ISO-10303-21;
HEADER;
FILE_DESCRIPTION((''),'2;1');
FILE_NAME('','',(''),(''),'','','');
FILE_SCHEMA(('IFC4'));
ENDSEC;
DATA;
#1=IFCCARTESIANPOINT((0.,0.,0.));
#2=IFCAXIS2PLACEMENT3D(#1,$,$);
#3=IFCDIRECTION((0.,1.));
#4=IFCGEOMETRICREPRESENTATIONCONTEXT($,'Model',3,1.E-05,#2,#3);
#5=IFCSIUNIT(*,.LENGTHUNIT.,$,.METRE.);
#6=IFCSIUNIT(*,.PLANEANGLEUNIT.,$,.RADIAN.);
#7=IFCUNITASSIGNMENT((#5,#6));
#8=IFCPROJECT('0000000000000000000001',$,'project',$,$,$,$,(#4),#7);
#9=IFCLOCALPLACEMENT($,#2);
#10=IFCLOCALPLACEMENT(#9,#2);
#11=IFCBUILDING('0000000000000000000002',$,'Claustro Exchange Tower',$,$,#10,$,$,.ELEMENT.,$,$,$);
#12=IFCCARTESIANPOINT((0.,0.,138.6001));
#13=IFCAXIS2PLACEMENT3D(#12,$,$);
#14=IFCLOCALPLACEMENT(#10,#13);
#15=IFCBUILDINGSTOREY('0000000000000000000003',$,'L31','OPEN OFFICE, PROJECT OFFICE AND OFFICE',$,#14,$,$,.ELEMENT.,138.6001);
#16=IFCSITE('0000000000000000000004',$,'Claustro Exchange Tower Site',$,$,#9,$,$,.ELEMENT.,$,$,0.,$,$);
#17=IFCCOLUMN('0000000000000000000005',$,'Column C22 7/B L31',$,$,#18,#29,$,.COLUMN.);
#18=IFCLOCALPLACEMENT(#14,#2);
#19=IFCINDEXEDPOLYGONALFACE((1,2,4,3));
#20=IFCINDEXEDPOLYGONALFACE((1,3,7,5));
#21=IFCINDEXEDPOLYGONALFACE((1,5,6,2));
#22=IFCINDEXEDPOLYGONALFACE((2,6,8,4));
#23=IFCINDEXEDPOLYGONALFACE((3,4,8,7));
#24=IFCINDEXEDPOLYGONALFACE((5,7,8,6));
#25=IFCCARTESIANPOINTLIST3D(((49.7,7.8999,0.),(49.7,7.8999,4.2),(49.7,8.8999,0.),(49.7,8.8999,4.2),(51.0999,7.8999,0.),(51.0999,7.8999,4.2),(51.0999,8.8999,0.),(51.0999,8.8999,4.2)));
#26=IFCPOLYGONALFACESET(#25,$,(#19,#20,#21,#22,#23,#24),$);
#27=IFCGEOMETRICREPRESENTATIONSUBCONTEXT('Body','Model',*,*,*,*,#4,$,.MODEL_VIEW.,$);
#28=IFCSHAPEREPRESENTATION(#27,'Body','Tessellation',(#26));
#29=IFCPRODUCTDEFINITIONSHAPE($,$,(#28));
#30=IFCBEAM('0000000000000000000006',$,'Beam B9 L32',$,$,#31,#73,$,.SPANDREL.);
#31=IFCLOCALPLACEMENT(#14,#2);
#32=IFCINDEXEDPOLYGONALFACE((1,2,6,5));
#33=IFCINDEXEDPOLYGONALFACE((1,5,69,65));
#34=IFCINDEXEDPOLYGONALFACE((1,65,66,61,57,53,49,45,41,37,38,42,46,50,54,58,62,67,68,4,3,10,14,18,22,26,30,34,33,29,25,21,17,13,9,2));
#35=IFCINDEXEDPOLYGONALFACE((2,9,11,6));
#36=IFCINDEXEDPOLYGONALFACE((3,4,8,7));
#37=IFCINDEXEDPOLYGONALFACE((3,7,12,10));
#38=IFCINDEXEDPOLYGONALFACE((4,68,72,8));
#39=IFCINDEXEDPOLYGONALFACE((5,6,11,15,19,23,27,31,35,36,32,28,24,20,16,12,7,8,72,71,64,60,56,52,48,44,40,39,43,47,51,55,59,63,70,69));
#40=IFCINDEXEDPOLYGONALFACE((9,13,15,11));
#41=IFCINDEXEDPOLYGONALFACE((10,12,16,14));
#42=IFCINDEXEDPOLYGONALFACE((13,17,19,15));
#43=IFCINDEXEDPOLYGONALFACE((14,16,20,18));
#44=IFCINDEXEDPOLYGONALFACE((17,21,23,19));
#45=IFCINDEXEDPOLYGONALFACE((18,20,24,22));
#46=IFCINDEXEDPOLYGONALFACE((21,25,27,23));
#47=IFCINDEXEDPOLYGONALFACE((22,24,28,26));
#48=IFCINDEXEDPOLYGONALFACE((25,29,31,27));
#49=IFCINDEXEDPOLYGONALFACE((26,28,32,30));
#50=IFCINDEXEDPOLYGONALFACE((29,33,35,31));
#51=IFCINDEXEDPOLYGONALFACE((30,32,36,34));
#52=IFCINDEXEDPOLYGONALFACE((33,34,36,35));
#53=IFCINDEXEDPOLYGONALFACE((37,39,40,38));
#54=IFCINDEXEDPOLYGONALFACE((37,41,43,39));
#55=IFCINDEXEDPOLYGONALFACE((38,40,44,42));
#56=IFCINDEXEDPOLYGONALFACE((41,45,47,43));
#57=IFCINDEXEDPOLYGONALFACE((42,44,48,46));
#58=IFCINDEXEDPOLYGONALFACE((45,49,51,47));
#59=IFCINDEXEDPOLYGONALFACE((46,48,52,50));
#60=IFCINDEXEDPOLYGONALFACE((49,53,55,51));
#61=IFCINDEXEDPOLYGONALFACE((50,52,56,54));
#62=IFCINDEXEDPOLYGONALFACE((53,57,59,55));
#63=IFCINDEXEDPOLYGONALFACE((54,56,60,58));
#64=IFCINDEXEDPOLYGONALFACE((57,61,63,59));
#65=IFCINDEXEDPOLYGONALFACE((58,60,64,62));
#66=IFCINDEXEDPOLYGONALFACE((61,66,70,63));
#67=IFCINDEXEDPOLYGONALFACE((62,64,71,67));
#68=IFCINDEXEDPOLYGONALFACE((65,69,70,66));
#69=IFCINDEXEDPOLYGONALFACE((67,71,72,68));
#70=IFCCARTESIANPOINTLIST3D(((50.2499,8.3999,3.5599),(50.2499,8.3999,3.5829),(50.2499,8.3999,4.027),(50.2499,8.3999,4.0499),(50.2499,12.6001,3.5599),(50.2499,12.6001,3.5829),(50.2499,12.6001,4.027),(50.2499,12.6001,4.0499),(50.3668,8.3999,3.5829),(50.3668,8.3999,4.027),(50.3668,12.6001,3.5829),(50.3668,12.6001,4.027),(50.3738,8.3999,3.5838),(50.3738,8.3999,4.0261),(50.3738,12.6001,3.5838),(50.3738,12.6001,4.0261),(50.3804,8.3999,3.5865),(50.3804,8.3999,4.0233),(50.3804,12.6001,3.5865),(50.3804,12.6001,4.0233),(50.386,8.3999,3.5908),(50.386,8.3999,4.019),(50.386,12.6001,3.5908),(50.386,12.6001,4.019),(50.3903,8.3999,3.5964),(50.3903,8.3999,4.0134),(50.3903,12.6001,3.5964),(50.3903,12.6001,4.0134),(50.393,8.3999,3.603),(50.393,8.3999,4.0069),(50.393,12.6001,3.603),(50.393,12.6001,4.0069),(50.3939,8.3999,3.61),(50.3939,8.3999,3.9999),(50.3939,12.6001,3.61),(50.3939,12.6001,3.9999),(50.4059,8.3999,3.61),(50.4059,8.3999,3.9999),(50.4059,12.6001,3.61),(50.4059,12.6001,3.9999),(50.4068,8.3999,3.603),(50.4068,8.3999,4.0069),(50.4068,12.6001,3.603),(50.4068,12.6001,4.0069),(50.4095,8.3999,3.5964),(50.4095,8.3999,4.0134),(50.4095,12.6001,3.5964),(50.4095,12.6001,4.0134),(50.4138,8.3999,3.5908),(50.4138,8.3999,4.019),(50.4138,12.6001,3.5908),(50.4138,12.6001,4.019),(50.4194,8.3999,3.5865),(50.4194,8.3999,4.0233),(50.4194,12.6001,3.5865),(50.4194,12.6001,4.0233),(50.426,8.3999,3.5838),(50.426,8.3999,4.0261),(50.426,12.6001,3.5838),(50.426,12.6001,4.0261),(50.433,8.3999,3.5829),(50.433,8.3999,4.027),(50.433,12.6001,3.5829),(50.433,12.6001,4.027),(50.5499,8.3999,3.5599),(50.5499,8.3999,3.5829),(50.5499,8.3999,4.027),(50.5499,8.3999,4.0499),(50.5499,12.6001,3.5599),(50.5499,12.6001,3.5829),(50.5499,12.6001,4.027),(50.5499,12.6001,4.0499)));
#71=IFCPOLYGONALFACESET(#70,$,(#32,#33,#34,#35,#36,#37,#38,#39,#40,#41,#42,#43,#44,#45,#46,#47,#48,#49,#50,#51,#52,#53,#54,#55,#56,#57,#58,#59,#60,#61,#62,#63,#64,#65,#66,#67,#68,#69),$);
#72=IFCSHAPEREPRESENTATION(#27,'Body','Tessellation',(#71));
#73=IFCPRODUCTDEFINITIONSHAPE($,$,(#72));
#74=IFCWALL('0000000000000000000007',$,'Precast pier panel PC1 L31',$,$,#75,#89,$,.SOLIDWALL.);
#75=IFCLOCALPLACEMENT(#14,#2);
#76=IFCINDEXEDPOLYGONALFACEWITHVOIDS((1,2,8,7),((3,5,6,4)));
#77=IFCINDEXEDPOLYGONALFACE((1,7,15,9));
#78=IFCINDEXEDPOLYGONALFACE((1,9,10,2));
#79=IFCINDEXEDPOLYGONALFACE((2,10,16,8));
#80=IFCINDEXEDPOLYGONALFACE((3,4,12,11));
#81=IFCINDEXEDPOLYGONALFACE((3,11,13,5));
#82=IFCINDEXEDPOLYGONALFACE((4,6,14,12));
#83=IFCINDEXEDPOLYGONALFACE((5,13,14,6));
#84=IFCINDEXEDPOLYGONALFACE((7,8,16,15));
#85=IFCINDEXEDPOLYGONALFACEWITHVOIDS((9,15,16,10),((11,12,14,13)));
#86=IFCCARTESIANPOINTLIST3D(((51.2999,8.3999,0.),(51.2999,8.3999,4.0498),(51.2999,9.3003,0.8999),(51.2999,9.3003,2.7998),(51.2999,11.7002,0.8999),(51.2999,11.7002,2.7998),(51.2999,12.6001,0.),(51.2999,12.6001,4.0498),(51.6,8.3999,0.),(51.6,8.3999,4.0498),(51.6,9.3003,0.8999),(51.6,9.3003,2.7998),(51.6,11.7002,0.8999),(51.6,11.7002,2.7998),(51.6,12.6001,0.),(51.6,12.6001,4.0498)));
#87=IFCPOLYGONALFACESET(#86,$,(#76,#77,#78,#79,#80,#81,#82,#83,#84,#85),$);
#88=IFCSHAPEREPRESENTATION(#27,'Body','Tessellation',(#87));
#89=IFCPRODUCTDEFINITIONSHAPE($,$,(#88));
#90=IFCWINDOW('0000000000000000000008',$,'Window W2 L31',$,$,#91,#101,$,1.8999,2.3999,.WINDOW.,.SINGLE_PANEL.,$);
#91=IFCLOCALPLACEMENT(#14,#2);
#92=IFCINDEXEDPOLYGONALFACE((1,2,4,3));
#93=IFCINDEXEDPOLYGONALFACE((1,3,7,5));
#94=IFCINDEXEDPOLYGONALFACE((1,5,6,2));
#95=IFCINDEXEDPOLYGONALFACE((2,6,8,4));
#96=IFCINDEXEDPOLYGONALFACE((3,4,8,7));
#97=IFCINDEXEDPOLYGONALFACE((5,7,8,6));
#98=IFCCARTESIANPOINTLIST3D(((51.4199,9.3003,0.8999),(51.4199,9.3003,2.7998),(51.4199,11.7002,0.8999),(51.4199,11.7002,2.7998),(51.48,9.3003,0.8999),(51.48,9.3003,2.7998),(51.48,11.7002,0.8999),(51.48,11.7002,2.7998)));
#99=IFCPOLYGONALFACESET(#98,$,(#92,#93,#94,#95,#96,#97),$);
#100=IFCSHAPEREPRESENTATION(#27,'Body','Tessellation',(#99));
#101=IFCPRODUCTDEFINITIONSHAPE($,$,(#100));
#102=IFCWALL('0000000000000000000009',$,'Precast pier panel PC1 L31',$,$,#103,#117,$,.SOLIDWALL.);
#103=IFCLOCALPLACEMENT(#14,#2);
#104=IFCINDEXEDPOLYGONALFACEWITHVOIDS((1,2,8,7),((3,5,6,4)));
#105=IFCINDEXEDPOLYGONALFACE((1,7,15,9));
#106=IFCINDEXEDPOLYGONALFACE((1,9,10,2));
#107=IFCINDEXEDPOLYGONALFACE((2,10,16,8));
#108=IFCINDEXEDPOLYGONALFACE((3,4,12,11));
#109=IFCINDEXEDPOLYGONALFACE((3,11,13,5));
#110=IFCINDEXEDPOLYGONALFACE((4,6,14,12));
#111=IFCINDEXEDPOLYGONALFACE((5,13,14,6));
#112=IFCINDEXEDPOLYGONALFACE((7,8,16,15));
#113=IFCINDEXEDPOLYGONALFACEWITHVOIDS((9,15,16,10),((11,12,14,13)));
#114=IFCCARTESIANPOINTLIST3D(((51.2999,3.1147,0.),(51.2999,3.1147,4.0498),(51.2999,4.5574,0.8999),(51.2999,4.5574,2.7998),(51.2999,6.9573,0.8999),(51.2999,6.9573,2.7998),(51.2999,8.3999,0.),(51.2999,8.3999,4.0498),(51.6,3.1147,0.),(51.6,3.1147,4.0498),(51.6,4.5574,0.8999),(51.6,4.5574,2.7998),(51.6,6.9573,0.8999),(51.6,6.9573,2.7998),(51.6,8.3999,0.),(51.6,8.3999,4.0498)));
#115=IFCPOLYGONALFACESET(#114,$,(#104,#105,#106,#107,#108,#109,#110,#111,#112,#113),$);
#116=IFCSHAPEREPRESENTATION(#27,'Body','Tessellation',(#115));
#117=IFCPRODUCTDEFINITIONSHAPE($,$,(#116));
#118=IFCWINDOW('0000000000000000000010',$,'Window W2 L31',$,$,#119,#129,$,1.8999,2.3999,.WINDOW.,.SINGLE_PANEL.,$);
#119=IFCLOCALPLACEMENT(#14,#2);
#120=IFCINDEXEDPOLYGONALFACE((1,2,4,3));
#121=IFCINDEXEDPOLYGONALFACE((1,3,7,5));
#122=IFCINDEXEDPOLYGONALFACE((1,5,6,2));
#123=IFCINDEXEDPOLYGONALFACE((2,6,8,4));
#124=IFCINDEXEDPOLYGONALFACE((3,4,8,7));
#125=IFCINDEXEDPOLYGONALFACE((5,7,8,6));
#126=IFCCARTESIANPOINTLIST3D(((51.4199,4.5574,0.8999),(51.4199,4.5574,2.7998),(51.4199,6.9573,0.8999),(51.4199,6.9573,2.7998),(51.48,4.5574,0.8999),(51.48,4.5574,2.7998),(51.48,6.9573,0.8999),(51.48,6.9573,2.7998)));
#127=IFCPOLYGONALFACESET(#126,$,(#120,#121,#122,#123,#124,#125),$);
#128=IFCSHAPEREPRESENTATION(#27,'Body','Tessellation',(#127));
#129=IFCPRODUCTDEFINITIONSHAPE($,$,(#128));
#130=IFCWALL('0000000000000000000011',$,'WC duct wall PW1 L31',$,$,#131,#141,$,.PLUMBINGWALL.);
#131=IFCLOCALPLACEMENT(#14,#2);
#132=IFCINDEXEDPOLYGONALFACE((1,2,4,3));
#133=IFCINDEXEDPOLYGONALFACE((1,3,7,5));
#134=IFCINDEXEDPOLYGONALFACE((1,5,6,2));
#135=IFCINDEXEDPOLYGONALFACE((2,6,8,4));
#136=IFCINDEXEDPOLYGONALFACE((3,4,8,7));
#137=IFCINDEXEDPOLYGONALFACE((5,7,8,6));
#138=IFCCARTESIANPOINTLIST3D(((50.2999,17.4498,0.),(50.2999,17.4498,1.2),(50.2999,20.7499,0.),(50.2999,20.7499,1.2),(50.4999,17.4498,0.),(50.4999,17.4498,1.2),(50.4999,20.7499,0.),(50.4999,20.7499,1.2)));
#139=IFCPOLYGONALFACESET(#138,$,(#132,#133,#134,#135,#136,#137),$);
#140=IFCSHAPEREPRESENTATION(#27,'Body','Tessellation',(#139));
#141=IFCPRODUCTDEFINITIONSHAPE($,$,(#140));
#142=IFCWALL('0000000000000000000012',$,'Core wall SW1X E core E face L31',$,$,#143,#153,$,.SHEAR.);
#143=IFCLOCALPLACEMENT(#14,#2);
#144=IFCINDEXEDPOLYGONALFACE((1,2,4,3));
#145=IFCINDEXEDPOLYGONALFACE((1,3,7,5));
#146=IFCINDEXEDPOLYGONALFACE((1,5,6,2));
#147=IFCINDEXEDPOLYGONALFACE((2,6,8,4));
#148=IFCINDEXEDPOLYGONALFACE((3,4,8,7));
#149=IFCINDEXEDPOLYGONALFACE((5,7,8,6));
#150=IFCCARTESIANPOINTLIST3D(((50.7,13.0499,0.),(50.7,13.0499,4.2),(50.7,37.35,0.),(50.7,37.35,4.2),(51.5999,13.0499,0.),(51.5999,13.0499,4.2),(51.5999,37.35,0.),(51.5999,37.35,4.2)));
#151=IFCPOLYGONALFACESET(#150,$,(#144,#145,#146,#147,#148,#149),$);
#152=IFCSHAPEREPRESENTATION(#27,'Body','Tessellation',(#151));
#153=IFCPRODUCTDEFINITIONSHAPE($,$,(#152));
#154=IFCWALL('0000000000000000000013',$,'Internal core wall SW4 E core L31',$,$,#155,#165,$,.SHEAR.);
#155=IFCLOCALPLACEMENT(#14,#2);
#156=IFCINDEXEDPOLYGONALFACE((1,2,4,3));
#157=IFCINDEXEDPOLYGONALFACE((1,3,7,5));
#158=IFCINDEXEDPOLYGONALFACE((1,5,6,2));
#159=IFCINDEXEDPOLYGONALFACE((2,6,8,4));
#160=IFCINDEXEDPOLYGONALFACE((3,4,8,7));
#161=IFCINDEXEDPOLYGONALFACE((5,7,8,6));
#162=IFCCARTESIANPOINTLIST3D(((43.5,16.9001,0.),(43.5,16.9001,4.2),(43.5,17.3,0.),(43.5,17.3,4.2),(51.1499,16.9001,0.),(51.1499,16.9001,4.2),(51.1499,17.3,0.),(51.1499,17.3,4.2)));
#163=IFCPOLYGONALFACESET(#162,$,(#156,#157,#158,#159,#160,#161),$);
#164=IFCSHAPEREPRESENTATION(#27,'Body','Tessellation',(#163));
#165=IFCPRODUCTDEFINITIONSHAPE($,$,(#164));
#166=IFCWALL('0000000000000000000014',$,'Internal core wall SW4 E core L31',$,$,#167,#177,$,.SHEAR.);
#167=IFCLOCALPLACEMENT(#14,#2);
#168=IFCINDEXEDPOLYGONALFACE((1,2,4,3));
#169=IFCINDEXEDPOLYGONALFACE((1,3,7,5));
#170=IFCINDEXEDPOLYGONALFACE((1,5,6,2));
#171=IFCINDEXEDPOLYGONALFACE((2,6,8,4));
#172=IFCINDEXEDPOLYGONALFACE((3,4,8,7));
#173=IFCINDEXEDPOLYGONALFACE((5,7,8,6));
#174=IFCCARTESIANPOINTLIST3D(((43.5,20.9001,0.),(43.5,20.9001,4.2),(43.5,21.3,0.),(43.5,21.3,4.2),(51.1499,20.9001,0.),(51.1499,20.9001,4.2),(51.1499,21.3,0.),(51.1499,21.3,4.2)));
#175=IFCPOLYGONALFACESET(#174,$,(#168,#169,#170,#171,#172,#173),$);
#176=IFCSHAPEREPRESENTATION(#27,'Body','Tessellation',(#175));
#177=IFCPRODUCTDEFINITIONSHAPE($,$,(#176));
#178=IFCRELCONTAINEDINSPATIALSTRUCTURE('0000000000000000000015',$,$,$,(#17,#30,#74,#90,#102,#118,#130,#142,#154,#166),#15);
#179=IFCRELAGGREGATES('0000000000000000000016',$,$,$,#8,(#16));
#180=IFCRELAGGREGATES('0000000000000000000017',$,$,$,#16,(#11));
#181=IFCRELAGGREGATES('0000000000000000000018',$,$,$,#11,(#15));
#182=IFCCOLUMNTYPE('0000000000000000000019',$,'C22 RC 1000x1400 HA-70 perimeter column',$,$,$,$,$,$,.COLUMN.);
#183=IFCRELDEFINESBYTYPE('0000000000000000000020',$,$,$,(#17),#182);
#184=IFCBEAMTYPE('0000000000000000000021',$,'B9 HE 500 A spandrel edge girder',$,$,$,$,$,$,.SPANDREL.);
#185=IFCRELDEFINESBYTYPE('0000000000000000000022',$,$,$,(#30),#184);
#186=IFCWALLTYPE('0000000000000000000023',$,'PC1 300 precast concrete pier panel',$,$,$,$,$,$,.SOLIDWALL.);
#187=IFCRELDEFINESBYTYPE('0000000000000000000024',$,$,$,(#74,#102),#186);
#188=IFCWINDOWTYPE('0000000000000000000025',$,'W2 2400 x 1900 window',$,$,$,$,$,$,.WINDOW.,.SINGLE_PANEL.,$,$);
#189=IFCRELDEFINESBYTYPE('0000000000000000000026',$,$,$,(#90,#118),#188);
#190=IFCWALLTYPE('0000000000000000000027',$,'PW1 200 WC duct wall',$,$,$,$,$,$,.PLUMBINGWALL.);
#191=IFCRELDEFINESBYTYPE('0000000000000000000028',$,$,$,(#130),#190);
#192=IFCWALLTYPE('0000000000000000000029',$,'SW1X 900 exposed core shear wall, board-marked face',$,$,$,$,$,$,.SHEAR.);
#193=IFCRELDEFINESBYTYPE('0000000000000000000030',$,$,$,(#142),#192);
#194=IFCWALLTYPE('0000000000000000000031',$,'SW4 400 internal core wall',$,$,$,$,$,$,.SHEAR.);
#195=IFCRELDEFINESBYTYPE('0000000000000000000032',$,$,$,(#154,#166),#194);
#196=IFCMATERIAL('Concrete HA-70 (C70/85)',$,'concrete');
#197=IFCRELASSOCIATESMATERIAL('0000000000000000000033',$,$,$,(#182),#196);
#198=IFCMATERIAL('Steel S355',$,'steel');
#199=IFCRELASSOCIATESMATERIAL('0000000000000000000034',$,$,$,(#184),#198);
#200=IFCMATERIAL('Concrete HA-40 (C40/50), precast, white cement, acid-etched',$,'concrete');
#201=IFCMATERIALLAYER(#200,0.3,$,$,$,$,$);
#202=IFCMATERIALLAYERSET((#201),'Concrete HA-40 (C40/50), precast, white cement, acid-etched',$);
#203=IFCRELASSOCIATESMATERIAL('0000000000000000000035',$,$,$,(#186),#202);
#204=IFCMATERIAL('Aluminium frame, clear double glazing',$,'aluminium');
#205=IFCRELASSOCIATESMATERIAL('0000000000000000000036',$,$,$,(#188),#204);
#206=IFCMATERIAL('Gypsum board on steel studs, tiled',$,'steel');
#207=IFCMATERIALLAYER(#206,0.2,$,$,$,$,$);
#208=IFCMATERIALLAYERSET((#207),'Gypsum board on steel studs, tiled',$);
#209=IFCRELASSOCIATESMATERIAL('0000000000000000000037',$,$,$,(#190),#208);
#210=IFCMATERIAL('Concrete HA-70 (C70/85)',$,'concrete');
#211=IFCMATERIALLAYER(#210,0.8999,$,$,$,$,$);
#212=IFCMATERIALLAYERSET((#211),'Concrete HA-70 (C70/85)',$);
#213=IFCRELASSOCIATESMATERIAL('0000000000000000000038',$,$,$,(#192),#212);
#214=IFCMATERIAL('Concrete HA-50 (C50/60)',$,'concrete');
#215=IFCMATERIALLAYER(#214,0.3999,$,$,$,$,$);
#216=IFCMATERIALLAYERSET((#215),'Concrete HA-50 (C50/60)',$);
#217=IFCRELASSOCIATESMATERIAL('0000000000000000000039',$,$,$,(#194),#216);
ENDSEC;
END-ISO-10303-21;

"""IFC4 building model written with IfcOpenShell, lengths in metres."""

from ifc_helpers import new_model, si_unit, direction, frame, frame_2d, origin, origin_2d, place, context, subcontext, project, spatial, rectangle, i_section, extrude, material, layer, layer_set, material_profile, profile_set, type_object, element, fill, save


model = new_model("IFC4")

# Units and contexts
model_context = context("Model", 3, precision=1e-05, world=origin(), true_north=direction((0.0, 1.0)))
body_context = subcontext(model_context, "Body", "Model", "MODEL_VIEW")
ifc_project = project(units=[si_unit("LENGTHUNIT", "METRE"), si_unit("PLANEANGLEUNIT", "RADIAN")], contexts=[model_context])

# Site, building, storey
site_placement = place(None, origin())
site = spatial("IfcSite", under=ifc_project, at=site_placement, Name="Claustro Exchange Tower Site", CompositionType="ELEMENT", RefElevation=0.0)
building_placement = place(site_placement, origin())
building = spatial("IfcBuilding", under=site, at=building_placement, Name="Claustro Exchange Tower", CompositionType="ELEMENT")
storey_placement = place(building_placement, frame((0.0, 0.0, 138.6001)))
storey = spatial("IfcBuildingStorey", under=building, at=storey_placement, Name="L31", Description="OPEN OFFICE, PROJECT OFFICE AND OFFICE", CompositionType="ELEMENT", Elevation=138.6001)

# Column
ifc_material_1 = material(Name="Concrete HA-70 (C70/85)", Category="concrete")
ifc_material_profile_1 = material_profile(ifc_material_1, rectangle(XDim=1.0, YDim=1.3999, at=origin_2d()), Name="RC 1000x1400")
ifc_profile_set_1 = profile_set([ifc_material_profile_1], Name="Concrete HA-70 (C70/85)")
column_type = type_object("IfcColumnType", Name="C22 RC 1000x1400 HA-70 perimeter column", PredefinedType="COLUMN", material=ifc_profile_set_1)
column_placement = place(storey_placement, frame((50.3999, 8.3999, 0.0), z_axis=(0.0, 0.0, 1.0), x_axis=(0.0, 1.0, 0.0)))
element("IfcColumn", 1, at=column_placement, inside=storey, type_object=column_type, Name="Column C22 7/B L31", PredefinedType="COLUMN", context=body_context, shape_type="SweptSolid", body=[
    extrude(rectangle(XDim=1.0, YDim=1.3999, at=origin_2d()), origin(), (0.0, 0.0, 1.0), 4.2),
])

# Beam
ifc_material_2 = material(Name="Steel S355", Category="steel")
ifc_material_profile_2 = material_profile(ifc_material_2, i_section(OverallWidth=0.3, OverallDepth=0.49, WebThickness=0.012, FlangeThickness=0.0229, FilletRadius=0.0271, at=origin_2d()), Name="HE 500 A")
ifc_profile_set_2 = profile_set([ifc_material_profile_2], Name="Steel S355")
beam_type = type_object("IfcBeamType", Name="B9 HE 500 A spandrel edge girder", PredefinedType="SPANDREL", material=ifc_profile_set_2)
beam_placement = place(storey_placement, frame((50.3999, 8.3999, 3.8049), z_axis=(0.0, 1.0, 0.0), x_axis=(-1.0, 0.0, 0.0)))
element("IfcBeam", 2, at=beam_placement, inside=storey, type_object=beam_type, Name="Beam B9 L32", PredefinedType="SPANDREL", context=body_context, shape_type="SweptSolid", body=[
    extrude(i_section(OverallWidth=0.3, OverallDepth=0.49, WebThickness=0.012, FlangeThickness=0.0229, FilletRadius=0.0271, at=origin_2d()), origin(), (0.0, 0.0, 1.0), 4.2002),
])

# Walls, openings, windows
ifc_material_3 = material(Name="Concrete HA-40 (C40/50), precast, white cement, acid-etched", Category="concrete")
ifc_layer_1 = layer(ifc_material_3, 0.3)
ifc_layer_set_1 = layer_set([ifc_layer_1], Name="Concrete HA-40 (C40/50), precast, white cement, acid-etched")
wall_type_1 = type_object("IfcWallType", Name="PC1 300 precast concrete pier panel", PredefinedType="SOLIDWALL", material=ifc_layer_set_1)
wall_1_placement = place(storey_placement, frame((51.45, 12.6001, 0.0), z_axis=(0.0, 0.0, 1.0), x_axis=(0.0, -1.0, 0.0)))
wall_1 = element("IfcWall", 3, at=wall_1_placement, inside=storey, type_object=wall_type_1, Name="Precast pier panel PC1 L31", PredefinedType="SOLIDWALL", context=body_context, shape_type="SweptSolid", body=[
    extrude(rectangle(XDim=4.2002, YDim=0.3, at=frame_2d((2.1001, 0.0))), origin(), (0.0, 0.0, 1.0), 4.0498),
])
opening_1_placement = place(wall_1_placement, frame((0.8999, 0.0, 0.8999)))
opening_1 = element("IfcOpeningElement", 4, at=opening_1_placement, cuts=wall_1, PredefinedType="OPENING", context=body_context, shape_type="SweptSolid", body=[
    extrude(rectangle(XDim=2.3999, YDim=1.8999, at=frame_2d((1.2, 0.95))), frame((0.0, 0.1599, 0.0), z_axis=(0.0, -1.0, 0.0), x_axis=(1.0, 0.0, 0.0)), (0.0, 0.0, 1.0), 0.3201),
])
ifc_material_4 = material(Name="Aluminium frame, clear double glazing", Category="aluminium")
window_type = type_object("IfcWindowType", Name="W2 2400 x 1900 window", PartitioningType="SINGLE_PANEL", PredefinedType="WINDOW", material=ifc_material_4)
window_1_placement = place(opening_1_placement, origin())
window_1 = element("IfcWindow", 5, at=window_1_placement, inside=storey, type_object=window_type, Name="Window W2 L31", OverallHeight=1.8999, OverallWidth=2.3999, PartitioningType="SINGLE_PANEL", PredefinedType="WINDOW", context=body_context, shape_type="SweptSolid", body=[
    extrude(rectangle(XDim=2.3999, YDim=1.8999, at=frame_2d((1.2, 0.95))), frame((0.0, 0.03, 0.0), z_axis=(0.0, -1.0, 0.0), x_axis=(1.0, 0.0, 0.0)), (0.0, 0.0, 1.0), 0.0601),
])
fill(opening_1, window_1)
wall_2_placement = place(storey_placement, frame((51.45, 8.3999, 0.0), z_axis=(0.0, 0.0, 1.0), x_axis=(0.0, -1.0, 0.0)))
wall_2 = element("IfcWall", 6, at=wall_2_placement, inside=storey, type_object=wall_type_1, Name="Precast pier panel PC1 L31", PredefinedType="SOLIDWALL", context=body_context, shape_type="SweptSolid", body=[
    extrude(rectangle(XDim=5.2852, YDim=0.3, at=frame_2d((2.6426, 0.0))), origin(), (0.0, 0.0, 1.0), 4.0498),
])
opening_2_placement = place(wall_2_placement, frame((1.4426, 0.0, 0.8999)))
opening_2 = element("IfcOpeningElement", 7, at=opening_2_placement, cuts=wall_2, PredefinedType="OPENING", context=body_context, shape_type="SweptSolid", body=[
    extrude(rectangle(XDim=2.3999, YDim=1.8999, at=frame_2d((1.2, 0.95))), frame((0.0, 0.1599, 0.0), z_axis=(0.0, -1.0, 0.0), x_axis=(1.0, 0.0, 0.0)), (0.0, 0.0, 1.0), 0.3201),
])
window_2_placement = place(opening_2_placement, origin())
window_2 = element("IfcWindow", 8, at=window_2_placement, inside=storey, type_object=window_type, Name="Window W2 L31", OverallHeight=1.8999, OverallWidth=2.3999, PartitioningType="SINGLE_PANEL", PredefinedType="WINDOW", context=body_context, shape_type="SweptSolid", body=[
    extrude(rectangle(XDim=2.3999, YDim=1.8999, at=frame_2d((1.2, 0.95))), frame((0.0, 0.03, 0.0), z_axis=(0.0, -1.0, 0.0), x_axis=(1.0, 0.0, 0.0)), (0.0, 0.0, 1.0), 0.0601),
])
fill(opening_2, window_2)

# Walls
ifc_material_5 = material(Name="Gypsum board on steel studs, tiled", Category="steel")
ifc_layer_2 = layer(ifc_material_5, 0.2)
ifc_layer_set_2 = layer_set([ifc_layer_2], Name="Gypsum board on steel studs, tiled")
wall_type_2 = type_object("IfcWallType", Name="PW1 200 WC duct wall", PredefinedType="PLUMBINGWALL", material=ifc_layer_set_2)
wall_3_placement = place(storey_placement, frame((50.3999, 17.45, 0.0), z_axis=(0.0, 0.0, 1.0), x_axis=(0.0, 1.0, 0.0)))
element("IfcWall", 9, at=wall_3_placement, inside=storey, type_object=wall_type_2, Name="WC duct wall PW1 L31", PredefinedType="PLUMBINGWALL", context=body_context, shape_type="SweptSolid", body=[
    extrude(rectangle(XDim=3.3, YDim=0.2, at=frame_2d((1.6499, 0.0))), origin(), (0.0, 0.0, 1.0), 1.2),
])
ifc_material_6 = material(Name="Concrete HA-70 (C70/85)", Category="concrete")
ifc_layer_3 = layer(ifc_material_6, 0.8999)
ifc_layer_set_3 = layer_set([ifc_layer_3], Name="Concrete HA-70 (C70/85)")
wall_type_3 = type_object("IfcWallType", Name="SW1X 900 exposed core shear wall, board-marked face", PredefinedType="SHEAR", material=ifc_layer_set_3)
wall_4_placement = place(storey_placement, frame((51.1499, 13.05, 0.0), z_axis=(0.0, 0.0, 1.0), x_axis=(0.0, 1.0, 0.0)))
element("IfcWall", 10, at=wall_4_placement, inside=storey, type_object=wall_type_3, Name="Core wall SW1X E core E face L31", PredefinedType="SHEAR", context=body_context, shape_type="SweptSolid", body=[
    extrude(rectangle(XDim=24.3, YDim=0.8999, at=frame_2d((12.1499, 0.0))), origin(), (0.0, 0.0, 1.0), 4.2),
])
ifc_material_7 = material(Name="Concrete HA-50 (C50/60)", Category="concrete")
ifc_layer_4 = layer(ifc_material_7, 0.3999)
ifc_layer_set_4 = layer_set([ifc_layer_4], Name="Concrete HA-50 (C50/60)")
wall_type_4 = type_object("IfcWallType", Name="SW4 400 internal core wall", PredefinedType="SHEAR", material=ifc_layer_set_4)
for number, where, z_axis, x_axis, name in (
    (11, (51.1499, 17.1001, 0.0), (0.0, 0.0, 1.0), (-1.0, 0.0, 0.0), "Internal core wall SW4 E core L31"),
    (12, (51.1499, 21.1001, 0.0), (0.0, 0.0, 1.0), (-1.0, 0.0, 0.0), "Internal core wall SW4 E core L31"),
):
    element("IfcWall", number, at=place(storey_placement, frame(where, z_axis=z_axis, x_axis=x_axis)), inside=storey, type_object=wall_type_4, Name=name, PredefinedType="SHEAR", context=body_context, shape_type="SweptSolid", body=[
        extrude(rectangle(XDim=7.6499, YDim=0.3999, at=frame_2d((3.825, 0.0))), origin(), (0.0, 0.0, 1.0), 4.2),
    ])

save(model, "model.ifc")
